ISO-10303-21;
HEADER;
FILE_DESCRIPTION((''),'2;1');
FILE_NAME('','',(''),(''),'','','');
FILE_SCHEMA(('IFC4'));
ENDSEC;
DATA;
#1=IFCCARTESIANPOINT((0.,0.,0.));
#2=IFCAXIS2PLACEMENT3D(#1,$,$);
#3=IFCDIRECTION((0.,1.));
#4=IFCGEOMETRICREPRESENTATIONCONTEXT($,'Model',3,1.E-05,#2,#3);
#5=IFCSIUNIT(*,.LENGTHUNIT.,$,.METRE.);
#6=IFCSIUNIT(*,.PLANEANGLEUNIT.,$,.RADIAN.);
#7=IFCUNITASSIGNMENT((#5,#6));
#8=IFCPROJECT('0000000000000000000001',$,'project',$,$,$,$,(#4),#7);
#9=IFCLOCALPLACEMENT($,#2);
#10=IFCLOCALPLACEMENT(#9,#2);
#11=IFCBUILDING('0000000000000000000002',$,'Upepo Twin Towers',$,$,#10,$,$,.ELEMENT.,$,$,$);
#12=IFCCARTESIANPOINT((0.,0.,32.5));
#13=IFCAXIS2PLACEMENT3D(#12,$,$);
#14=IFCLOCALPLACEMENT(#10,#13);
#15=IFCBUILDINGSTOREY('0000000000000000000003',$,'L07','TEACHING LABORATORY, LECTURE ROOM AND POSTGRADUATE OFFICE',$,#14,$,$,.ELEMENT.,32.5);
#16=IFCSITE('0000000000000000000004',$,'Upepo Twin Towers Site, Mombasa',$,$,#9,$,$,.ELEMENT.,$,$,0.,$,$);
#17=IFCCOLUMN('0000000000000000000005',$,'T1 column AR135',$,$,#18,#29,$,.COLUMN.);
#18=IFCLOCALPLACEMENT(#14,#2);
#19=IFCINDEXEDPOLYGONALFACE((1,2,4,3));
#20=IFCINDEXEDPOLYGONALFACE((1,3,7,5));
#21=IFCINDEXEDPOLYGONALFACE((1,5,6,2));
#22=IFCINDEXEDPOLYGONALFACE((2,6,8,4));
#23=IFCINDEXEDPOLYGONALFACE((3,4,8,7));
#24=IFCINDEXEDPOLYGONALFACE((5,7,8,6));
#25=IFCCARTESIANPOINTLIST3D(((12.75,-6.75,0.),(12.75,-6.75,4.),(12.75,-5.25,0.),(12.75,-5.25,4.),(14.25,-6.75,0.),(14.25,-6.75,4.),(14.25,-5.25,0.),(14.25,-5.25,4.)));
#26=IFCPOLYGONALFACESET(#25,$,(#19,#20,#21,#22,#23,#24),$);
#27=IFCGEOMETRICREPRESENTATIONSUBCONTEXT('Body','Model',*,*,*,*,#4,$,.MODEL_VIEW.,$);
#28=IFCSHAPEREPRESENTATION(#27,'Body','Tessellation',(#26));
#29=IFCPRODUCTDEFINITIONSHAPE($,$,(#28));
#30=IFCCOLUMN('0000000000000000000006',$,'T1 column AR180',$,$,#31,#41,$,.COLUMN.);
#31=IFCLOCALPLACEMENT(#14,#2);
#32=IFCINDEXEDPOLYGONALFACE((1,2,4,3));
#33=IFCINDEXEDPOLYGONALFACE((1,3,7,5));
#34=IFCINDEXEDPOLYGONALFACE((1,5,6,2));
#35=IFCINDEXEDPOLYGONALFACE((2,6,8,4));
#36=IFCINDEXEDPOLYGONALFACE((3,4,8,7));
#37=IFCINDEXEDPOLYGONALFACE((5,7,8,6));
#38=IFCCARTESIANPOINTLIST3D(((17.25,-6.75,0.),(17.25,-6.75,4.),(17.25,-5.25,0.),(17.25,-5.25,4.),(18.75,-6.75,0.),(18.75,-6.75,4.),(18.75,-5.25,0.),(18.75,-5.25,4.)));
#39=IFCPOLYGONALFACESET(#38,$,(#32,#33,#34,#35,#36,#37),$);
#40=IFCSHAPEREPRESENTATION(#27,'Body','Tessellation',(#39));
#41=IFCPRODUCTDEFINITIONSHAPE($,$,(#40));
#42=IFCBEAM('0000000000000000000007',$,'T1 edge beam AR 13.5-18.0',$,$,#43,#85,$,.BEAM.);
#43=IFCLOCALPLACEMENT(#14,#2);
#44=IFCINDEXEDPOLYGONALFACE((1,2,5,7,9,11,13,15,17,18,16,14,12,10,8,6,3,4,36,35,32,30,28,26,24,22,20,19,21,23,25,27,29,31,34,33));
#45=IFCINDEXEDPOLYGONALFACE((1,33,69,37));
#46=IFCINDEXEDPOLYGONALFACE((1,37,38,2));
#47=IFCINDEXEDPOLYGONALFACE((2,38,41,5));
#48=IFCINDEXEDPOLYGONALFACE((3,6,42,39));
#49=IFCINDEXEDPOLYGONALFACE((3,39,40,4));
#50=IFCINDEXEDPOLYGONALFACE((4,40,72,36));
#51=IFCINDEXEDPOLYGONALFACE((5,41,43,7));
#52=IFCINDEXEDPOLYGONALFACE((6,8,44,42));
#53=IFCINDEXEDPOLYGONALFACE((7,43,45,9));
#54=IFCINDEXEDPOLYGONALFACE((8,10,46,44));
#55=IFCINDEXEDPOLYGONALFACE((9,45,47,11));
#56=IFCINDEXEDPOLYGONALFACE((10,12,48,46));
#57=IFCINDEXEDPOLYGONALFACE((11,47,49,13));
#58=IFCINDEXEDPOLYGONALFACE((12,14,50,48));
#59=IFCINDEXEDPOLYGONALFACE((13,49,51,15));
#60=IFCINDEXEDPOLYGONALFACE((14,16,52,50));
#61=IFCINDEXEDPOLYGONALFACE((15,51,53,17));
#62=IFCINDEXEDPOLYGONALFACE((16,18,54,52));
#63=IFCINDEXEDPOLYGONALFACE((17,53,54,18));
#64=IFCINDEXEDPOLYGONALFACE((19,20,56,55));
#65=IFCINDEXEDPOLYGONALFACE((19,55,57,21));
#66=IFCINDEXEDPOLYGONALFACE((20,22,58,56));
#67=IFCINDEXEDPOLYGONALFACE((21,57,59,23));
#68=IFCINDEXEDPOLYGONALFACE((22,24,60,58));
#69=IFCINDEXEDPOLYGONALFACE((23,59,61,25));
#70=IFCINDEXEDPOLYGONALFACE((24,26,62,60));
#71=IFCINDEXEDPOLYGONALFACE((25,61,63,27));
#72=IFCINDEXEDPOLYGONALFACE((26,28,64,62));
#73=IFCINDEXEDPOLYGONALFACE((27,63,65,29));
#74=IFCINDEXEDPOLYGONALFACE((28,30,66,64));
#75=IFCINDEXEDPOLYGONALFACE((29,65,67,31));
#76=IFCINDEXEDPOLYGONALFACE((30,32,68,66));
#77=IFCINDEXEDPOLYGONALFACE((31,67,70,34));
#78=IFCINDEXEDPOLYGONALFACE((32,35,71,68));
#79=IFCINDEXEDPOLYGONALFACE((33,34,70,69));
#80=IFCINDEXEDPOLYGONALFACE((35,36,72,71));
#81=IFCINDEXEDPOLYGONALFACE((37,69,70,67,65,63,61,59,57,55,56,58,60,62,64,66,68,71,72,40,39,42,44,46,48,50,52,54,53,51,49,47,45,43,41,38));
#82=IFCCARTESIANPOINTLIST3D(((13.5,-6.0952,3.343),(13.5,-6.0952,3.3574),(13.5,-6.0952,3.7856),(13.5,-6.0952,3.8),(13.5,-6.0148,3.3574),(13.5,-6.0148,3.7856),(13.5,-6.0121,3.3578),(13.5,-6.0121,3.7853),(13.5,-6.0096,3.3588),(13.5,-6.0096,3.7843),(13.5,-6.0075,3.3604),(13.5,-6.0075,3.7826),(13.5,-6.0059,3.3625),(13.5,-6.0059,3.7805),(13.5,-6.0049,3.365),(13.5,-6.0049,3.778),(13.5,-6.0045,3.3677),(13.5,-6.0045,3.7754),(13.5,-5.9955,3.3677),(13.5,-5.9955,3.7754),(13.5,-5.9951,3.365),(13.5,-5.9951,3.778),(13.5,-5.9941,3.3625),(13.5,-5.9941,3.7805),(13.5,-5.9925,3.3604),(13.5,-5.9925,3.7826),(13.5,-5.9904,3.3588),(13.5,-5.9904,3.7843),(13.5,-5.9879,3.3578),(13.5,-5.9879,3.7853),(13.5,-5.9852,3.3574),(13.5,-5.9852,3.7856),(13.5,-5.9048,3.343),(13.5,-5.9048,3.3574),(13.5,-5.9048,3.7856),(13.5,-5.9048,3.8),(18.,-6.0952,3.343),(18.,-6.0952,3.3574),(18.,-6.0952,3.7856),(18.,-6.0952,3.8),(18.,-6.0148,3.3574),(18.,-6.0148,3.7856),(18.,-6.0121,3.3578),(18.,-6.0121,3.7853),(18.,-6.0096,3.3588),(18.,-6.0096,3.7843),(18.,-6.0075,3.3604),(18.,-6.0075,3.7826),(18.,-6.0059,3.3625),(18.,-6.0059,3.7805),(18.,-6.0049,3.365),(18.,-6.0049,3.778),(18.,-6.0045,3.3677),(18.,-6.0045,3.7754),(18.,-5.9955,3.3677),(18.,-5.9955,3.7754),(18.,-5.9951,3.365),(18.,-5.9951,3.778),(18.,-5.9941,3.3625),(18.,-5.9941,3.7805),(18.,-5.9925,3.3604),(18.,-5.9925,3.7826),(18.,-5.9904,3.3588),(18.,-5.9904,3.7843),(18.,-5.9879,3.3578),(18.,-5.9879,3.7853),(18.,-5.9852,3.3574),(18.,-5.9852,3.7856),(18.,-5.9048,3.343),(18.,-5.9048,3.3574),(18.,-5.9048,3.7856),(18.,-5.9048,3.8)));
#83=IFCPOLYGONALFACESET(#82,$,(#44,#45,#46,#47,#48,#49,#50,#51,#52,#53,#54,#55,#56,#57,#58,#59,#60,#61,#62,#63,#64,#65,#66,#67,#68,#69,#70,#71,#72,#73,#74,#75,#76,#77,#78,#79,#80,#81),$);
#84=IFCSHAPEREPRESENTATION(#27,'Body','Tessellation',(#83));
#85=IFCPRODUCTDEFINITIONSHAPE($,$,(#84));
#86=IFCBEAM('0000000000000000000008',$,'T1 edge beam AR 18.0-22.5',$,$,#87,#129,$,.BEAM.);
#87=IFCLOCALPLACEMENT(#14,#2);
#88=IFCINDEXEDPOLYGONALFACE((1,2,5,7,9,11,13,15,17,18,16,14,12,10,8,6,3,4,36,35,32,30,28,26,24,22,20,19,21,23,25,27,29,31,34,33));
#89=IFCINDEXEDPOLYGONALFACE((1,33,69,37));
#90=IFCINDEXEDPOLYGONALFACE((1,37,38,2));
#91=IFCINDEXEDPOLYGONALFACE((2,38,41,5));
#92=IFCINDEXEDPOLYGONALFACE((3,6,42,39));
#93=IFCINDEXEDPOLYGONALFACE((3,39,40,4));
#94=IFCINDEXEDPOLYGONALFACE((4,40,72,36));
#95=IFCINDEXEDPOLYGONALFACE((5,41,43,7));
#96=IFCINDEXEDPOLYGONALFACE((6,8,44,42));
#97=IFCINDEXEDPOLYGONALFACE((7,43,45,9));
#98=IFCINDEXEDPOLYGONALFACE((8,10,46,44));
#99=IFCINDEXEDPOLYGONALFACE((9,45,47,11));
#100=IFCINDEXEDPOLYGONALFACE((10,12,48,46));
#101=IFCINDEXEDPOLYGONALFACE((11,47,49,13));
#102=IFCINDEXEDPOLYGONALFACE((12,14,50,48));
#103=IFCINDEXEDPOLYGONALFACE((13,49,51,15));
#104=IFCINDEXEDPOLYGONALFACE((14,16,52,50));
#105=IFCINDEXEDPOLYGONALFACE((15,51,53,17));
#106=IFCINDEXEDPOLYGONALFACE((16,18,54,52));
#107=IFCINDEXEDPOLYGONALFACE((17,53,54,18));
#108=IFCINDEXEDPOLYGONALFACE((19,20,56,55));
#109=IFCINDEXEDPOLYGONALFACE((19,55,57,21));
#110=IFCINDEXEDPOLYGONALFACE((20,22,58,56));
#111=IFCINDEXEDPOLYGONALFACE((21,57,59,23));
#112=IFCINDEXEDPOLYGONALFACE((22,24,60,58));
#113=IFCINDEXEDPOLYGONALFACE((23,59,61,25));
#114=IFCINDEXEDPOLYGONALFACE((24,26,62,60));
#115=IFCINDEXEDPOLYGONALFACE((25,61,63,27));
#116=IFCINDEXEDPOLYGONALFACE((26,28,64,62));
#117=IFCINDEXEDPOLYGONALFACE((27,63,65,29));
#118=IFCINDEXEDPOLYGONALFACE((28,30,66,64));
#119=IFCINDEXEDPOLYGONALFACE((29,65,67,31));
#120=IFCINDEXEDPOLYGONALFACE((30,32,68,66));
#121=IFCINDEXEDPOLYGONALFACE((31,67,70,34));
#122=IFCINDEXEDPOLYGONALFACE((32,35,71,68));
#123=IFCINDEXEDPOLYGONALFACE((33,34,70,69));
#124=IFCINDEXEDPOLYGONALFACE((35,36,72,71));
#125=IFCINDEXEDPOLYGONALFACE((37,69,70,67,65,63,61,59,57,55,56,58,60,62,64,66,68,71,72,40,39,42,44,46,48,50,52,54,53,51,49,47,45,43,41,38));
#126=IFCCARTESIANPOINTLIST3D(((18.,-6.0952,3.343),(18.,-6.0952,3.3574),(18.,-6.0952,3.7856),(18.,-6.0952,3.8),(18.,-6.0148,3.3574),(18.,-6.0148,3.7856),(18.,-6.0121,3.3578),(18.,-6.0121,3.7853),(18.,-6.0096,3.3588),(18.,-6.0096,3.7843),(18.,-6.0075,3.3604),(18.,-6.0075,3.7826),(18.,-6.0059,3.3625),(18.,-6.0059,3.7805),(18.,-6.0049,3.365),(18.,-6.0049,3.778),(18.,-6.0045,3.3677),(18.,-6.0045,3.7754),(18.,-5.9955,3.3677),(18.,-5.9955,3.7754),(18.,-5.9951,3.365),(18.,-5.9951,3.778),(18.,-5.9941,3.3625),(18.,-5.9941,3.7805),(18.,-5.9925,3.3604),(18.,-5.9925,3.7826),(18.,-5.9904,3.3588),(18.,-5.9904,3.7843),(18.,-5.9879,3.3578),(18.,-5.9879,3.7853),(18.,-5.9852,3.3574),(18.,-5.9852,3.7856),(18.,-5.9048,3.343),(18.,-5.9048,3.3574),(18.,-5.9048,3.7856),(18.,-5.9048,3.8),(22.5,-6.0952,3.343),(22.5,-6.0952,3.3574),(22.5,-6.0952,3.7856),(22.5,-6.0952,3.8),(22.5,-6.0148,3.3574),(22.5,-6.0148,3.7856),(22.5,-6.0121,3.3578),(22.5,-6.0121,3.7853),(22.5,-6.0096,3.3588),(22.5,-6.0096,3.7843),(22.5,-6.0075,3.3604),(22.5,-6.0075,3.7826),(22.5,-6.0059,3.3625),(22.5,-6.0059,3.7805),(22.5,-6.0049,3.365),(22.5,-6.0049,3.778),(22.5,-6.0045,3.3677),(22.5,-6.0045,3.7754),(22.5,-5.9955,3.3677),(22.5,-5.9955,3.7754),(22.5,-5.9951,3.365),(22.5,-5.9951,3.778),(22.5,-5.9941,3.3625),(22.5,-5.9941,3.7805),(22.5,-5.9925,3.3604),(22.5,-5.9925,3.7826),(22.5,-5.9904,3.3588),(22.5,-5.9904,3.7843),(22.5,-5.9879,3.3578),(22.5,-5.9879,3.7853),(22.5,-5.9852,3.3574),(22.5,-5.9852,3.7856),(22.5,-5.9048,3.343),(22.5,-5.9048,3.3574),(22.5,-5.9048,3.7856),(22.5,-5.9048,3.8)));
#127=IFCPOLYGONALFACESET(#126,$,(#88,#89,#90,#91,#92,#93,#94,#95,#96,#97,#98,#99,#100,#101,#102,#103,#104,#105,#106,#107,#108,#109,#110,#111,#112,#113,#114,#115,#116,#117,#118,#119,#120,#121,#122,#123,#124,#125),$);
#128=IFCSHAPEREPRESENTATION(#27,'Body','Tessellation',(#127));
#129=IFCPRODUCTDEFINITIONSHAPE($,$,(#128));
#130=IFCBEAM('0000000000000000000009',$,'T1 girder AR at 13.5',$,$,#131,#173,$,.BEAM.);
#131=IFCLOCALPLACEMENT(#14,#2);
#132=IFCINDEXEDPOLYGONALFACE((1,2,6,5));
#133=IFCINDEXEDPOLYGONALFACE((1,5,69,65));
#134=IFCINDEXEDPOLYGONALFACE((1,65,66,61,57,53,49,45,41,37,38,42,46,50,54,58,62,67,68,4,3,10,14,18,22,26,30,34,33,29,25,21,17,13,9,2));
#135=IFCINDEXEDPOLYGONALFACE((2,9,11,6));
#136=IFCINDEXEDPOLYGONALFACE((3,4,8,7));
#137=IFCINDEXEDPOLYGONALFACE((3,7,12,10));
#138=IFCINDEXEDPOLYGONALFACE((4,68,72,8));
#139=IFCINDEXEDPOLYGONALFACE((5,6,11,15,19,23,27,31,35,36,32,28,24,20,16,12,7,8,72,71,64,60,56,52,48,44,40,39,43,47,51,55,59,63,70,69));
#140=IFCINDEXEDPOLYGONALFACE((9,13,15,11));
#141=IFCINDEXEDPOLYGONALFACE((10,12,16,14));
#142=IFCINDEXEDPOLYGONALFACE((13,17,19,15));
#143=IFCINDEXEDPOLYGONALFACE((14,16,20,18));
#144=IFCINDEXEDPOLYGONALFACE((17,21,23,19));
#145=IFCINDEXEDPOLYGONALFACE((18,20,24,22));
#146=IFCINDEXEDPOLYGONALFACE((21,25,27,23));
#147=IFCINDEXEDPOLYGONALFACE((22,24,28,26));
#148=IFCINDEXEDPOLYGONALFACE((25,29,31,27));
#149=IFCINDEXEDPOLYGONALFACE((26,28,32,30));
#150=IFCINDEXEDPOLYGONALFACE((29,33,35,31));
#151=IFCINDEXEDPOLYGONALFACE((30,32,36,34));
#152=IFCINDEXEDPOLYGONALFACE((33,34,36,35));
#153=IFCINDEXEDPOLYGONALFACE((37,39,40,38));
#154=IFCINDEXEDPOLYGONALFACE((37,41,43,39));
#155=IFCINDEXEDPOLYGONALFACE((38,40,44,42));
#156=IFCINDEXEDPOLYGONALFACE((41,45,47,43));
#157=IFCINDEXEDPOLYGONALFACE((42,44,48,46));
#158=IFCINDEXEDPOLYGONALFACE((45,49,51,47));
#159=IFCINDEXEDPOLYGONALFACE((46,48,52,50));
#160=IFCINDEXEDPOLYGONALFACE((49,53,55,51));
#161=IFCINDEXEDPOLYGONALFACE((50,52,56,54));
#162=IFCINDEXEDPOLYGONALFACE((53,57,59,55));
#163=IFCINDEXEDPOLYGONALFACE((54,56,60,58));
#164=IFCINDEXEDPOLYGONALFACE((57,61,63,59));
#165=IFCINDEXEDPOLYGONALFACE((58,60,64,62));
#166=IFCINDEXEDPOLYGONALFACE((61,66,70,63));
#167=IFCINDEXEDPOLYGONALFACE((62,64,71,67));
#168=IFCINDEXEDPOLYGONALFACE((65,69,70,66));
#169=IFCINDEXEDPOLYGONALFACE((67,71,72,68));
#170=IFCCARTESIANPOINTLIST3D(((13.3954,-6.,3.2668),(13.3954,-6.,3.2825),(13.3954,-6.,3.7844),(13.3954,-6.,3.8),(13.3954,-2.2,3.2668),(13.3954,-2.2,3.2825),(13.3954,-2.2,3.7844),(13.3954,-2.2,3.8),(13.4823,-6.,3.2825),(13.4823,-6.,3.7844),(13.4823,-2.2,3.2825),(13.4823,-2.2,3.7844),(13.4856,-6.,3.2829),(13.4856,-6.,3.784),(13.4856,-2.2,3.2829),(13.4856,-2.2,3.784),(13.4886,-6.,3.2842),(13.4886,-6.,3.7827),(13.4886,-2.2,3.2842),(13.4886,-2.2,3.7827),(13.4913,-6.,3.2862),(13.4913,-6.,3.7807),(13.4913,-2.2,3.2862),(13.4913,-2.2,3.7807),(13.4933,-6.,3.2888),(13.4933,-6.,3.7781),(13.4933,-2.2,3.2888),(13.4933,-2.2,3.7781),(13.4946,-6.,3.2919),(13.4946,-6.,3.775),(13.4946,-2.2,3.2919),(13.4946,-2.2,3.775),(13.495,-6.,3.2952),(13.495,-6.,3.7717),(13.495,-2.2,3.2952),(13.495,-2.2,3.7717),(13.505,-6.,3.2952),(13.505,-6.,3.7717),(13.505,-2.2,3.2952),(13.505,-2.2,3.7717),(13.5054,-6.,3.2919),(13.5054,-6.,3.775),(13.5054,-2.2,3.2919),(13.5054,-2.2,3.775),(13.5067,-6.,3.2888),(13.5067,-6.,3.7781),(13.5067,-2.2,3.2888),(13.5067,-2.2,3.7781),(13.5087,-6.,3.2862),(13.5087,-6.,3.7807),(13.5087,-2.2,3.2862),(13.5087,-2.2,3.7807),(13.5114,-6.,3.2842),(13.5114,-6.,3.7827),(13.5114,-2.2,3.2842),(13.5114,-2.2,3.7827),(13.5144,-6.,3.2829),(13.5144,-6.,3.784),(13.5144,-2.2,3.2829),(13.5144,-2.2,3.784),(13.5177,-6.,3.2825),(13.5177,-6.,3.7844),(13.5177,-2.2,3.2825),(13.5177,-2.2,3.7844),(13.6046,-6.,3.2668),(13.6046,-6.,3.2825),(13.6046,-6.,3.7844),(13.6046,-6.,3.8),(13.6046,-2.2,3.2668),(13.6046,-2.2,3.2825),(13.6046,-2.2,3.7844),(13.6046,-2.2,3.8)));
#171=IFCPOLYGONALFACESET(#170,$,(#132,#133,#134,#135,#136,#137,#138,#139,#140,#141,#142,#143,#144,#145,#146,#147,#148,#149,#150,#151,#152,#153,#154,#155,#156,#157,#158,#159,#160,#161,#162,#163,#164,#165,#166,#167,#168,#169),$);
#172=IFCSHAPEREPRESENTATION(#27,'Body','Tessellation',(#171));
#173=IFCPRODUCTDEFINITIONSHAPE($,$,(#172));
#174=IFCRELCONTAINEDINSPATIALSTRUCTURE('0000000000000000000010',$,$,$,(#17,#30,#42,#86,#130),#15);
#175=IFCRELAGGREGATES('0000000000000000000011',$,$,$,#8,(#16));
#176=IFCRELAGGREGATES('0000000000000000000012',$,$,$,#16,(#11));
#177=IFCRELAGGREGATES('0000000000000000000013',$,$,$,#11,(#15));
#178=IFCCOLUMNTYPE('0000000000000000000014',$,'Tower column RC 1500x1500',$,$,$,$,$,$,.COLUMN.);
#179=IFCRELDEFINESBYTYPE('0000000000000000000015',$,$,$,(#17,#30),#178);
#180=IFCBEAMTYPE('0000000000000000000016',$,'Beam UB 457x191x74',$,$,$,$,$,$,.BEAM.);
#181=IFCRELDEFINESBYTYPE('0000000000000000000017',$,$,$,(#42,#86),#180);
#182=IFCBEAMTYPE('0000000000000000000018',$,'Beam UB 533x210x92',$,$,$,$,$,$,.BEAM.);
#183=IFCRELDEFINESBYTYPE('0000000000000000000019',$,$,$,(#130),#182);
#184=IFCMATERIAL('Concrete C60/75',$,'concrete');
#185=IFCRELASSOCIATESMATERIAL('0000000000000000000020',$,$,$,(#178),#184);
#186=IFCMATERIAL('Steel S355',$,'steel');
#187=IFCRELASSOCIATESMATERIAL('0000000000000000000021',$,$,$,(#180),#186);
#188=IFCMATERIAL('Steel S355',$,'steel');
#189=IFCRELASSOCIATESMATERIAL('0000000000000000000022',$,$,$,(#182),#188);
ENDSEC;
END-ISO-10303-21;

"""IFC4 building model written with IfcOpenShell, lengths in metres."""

from ifc_helpers import new_model, si_unit, direction, frame, origin, origin_2d, place, context, subcontext, project, spatial, rectangle, i_section, extrude, material, material_profile, profile_set, type_object, element, save


model = new_model("IFC4")

# Units and contexts
model_context = context("Model", 3, precision=1e-05, world=origin(), true_north=direction((0.0, 1.0)))
body_context = subcontext(model_context, "Body", "Model", "MODEL_VIEW")
ifc_project = project(units=[si_unit("LENGTHUNIT", "METRE"), si_unit("PLANEANGLEUNIT", "RADIAN")], contexts=[model_context])

# Site, building, storey
site_placement = place(None, origin())
site = spatial("IfcSite", under=ifc_project, at=site_placement, Name="Upepo Twin Towers Site, Mombasa", CompositionType="ELEMENT", RefElevation=0.0)
building_placement = place(site_placement, origin())
building = spatial("IfcBuilding", under=site, at=building_placement, Name="Upepo Twin Towers", CompositionType="ELEMENT")
storey_placement = place(building_placement, frame((0.0, 0.0, 32.5)))
storey = spatial("IfcBuildingStorey", under=building, at=storey_placement, Name="L07", Description="TEACHING LABORATORY, LECTURE ROOM AND POSTGRADUATE OFFICE", CompositionType="ELEMENT", Elevation=32.5)

# Columns
ifc_material_1 = material(Name="Concrete C60/75", Category="concrete")
ifc_material_profile_1 = material_profile(ifc_material_1, rectangle(XDim=1.5, YDim=1.5, at=origin_2d()), Name="RC 1500x1500")
ifc_profile_set_1 = profile_set([ifc_material_profile_1], Name="Concrete C60/75")
column_type = type_object("IfcColumnType", Name="Tower column RC 1500x1500", PredefinedType="COLUMN", material=ifc_profile_set_1)
for number, where, z_axis, x_axis, name in (
    (1, (13.5, -6.0, 0.0), (0.0, 0.0, 1.0), (1.0, 0.0, 0.0), "T1 column AR135"),
    (2, (18.0, -6.0, 0.0), (0.0, 0.0, 1.0), (1.0, 0.0, 0.0), "T1 column AR180"),
):
    element("IfcColumn", number, at=place(storey_placement, frame(where, z_axis=z_axis, x_axis=x_axis)), inside=storey, type_object=column_type, Name=name, PredefinedType="COLUMN", context=body_context, shape_type="SweptSolid", body=[
        extrude(rectangle(XDim=1.5, YDim=1.5, at=origin_2d()), origin(), (0.0, 0.0, 1.0), 4.0),
    ])

# Beams
ifc_material_2 = material(Name="Steel S355", Category="steel")
ifc_material_profile_2 = material_profile(ifc_material_2, i_section(OverallWidth=0.1904, OverallDepth=0.457, WebThickness=0.009, FlangeThickness=0.0144, FilletRadius=0.0103, at=origin_2d()), Name="UB 457x191x74")
ifc_profile_set_2 = profile_set([ifc_material_profile_2], Name="Steel S355")
beam_type_1 = type_object("IfcBeamType", Name="Beam UB 457x191x74", PredefinedType="BEAM", material=ifc_profile_set_2)
for number, where, z_axis, x_axis, name in (
    (3, (13.5, -6.0, 3.5715), (1.0, 0.0, 0.0), (0.0, 1.0, 0.0), "T1 edge beam AR 13.5-18.0"),
    (4, (18.0, -6.0, 3.5715), (1.0, 0.0, 0.0), (0.0, 1.0, 0.0), "T1 edge beam AR 18.0-22.5"),
):
    element("IfcBeam", number, at=place(storey_placement, frame(where, z_axis=z_axis, x_axis=x_axis)), inside=storey, type_object=beam_type_1, Name=name, PredefinedType="BEAM", context=body_context, shape_type="SweptSolid", body=[
        extrude(i_section(OverallWidth=0.1904, OverallDepth=0.457, WebThickness=0.009, FlangeThickness=0.0144, FilletRadius=0.0103, at=origin_2d()), origin(), (0.0, 0.0, 1.0), 4.5),
    ])
ifc_material_3 = material(Name="Steel S355", Category="steel")
ifc_material_profile_3 = material_profile(ifc_material_3, i_section(OverallWidth=0.2092, OverallDepth=0.5332, WebThickness=0.01, FlangeThickness=0.0156, FilletRadius=0.0127, at=origin_2d()), Name="UB 533x210x92")
ifc_profile_set_3 = profile_set([ifc_material_profile_3], Name="Steel S355")
beam_type_2 = type_object("IfcBeamType", Name="Beam UB 533x210x92", PredefinedType="BEAM", material=ifc_profile_set_3)
for number, where, z_axis, x_axis, name in (
    (5, (13.5, -6.0, 3.5334), (0.0, 1.0, 0.0), (-1.0, 0.0, 0.0), "T1 girder AR at 13.5"),
):
    element("IfcBeam", number, at=place(storey_placement, frame(where, z_axis=z_axis, x_axis=x_axis)), inside=storey, type_object=beam_type_2, Name=name, PredefinedType="BEAM", context=body_context, shape_type="SweptSolid", body=[
        extrude(i_section(OverallWidth=0.2092, OverallDepth=0.5332, WebThickness=0.01, FlangeThickness=0.0156, FilletRadius=0.0127, at=origin_2d()), origin(), (0.0, 0.0, 1.0), 3.8),
    ])

save(model, "model.ifc")
